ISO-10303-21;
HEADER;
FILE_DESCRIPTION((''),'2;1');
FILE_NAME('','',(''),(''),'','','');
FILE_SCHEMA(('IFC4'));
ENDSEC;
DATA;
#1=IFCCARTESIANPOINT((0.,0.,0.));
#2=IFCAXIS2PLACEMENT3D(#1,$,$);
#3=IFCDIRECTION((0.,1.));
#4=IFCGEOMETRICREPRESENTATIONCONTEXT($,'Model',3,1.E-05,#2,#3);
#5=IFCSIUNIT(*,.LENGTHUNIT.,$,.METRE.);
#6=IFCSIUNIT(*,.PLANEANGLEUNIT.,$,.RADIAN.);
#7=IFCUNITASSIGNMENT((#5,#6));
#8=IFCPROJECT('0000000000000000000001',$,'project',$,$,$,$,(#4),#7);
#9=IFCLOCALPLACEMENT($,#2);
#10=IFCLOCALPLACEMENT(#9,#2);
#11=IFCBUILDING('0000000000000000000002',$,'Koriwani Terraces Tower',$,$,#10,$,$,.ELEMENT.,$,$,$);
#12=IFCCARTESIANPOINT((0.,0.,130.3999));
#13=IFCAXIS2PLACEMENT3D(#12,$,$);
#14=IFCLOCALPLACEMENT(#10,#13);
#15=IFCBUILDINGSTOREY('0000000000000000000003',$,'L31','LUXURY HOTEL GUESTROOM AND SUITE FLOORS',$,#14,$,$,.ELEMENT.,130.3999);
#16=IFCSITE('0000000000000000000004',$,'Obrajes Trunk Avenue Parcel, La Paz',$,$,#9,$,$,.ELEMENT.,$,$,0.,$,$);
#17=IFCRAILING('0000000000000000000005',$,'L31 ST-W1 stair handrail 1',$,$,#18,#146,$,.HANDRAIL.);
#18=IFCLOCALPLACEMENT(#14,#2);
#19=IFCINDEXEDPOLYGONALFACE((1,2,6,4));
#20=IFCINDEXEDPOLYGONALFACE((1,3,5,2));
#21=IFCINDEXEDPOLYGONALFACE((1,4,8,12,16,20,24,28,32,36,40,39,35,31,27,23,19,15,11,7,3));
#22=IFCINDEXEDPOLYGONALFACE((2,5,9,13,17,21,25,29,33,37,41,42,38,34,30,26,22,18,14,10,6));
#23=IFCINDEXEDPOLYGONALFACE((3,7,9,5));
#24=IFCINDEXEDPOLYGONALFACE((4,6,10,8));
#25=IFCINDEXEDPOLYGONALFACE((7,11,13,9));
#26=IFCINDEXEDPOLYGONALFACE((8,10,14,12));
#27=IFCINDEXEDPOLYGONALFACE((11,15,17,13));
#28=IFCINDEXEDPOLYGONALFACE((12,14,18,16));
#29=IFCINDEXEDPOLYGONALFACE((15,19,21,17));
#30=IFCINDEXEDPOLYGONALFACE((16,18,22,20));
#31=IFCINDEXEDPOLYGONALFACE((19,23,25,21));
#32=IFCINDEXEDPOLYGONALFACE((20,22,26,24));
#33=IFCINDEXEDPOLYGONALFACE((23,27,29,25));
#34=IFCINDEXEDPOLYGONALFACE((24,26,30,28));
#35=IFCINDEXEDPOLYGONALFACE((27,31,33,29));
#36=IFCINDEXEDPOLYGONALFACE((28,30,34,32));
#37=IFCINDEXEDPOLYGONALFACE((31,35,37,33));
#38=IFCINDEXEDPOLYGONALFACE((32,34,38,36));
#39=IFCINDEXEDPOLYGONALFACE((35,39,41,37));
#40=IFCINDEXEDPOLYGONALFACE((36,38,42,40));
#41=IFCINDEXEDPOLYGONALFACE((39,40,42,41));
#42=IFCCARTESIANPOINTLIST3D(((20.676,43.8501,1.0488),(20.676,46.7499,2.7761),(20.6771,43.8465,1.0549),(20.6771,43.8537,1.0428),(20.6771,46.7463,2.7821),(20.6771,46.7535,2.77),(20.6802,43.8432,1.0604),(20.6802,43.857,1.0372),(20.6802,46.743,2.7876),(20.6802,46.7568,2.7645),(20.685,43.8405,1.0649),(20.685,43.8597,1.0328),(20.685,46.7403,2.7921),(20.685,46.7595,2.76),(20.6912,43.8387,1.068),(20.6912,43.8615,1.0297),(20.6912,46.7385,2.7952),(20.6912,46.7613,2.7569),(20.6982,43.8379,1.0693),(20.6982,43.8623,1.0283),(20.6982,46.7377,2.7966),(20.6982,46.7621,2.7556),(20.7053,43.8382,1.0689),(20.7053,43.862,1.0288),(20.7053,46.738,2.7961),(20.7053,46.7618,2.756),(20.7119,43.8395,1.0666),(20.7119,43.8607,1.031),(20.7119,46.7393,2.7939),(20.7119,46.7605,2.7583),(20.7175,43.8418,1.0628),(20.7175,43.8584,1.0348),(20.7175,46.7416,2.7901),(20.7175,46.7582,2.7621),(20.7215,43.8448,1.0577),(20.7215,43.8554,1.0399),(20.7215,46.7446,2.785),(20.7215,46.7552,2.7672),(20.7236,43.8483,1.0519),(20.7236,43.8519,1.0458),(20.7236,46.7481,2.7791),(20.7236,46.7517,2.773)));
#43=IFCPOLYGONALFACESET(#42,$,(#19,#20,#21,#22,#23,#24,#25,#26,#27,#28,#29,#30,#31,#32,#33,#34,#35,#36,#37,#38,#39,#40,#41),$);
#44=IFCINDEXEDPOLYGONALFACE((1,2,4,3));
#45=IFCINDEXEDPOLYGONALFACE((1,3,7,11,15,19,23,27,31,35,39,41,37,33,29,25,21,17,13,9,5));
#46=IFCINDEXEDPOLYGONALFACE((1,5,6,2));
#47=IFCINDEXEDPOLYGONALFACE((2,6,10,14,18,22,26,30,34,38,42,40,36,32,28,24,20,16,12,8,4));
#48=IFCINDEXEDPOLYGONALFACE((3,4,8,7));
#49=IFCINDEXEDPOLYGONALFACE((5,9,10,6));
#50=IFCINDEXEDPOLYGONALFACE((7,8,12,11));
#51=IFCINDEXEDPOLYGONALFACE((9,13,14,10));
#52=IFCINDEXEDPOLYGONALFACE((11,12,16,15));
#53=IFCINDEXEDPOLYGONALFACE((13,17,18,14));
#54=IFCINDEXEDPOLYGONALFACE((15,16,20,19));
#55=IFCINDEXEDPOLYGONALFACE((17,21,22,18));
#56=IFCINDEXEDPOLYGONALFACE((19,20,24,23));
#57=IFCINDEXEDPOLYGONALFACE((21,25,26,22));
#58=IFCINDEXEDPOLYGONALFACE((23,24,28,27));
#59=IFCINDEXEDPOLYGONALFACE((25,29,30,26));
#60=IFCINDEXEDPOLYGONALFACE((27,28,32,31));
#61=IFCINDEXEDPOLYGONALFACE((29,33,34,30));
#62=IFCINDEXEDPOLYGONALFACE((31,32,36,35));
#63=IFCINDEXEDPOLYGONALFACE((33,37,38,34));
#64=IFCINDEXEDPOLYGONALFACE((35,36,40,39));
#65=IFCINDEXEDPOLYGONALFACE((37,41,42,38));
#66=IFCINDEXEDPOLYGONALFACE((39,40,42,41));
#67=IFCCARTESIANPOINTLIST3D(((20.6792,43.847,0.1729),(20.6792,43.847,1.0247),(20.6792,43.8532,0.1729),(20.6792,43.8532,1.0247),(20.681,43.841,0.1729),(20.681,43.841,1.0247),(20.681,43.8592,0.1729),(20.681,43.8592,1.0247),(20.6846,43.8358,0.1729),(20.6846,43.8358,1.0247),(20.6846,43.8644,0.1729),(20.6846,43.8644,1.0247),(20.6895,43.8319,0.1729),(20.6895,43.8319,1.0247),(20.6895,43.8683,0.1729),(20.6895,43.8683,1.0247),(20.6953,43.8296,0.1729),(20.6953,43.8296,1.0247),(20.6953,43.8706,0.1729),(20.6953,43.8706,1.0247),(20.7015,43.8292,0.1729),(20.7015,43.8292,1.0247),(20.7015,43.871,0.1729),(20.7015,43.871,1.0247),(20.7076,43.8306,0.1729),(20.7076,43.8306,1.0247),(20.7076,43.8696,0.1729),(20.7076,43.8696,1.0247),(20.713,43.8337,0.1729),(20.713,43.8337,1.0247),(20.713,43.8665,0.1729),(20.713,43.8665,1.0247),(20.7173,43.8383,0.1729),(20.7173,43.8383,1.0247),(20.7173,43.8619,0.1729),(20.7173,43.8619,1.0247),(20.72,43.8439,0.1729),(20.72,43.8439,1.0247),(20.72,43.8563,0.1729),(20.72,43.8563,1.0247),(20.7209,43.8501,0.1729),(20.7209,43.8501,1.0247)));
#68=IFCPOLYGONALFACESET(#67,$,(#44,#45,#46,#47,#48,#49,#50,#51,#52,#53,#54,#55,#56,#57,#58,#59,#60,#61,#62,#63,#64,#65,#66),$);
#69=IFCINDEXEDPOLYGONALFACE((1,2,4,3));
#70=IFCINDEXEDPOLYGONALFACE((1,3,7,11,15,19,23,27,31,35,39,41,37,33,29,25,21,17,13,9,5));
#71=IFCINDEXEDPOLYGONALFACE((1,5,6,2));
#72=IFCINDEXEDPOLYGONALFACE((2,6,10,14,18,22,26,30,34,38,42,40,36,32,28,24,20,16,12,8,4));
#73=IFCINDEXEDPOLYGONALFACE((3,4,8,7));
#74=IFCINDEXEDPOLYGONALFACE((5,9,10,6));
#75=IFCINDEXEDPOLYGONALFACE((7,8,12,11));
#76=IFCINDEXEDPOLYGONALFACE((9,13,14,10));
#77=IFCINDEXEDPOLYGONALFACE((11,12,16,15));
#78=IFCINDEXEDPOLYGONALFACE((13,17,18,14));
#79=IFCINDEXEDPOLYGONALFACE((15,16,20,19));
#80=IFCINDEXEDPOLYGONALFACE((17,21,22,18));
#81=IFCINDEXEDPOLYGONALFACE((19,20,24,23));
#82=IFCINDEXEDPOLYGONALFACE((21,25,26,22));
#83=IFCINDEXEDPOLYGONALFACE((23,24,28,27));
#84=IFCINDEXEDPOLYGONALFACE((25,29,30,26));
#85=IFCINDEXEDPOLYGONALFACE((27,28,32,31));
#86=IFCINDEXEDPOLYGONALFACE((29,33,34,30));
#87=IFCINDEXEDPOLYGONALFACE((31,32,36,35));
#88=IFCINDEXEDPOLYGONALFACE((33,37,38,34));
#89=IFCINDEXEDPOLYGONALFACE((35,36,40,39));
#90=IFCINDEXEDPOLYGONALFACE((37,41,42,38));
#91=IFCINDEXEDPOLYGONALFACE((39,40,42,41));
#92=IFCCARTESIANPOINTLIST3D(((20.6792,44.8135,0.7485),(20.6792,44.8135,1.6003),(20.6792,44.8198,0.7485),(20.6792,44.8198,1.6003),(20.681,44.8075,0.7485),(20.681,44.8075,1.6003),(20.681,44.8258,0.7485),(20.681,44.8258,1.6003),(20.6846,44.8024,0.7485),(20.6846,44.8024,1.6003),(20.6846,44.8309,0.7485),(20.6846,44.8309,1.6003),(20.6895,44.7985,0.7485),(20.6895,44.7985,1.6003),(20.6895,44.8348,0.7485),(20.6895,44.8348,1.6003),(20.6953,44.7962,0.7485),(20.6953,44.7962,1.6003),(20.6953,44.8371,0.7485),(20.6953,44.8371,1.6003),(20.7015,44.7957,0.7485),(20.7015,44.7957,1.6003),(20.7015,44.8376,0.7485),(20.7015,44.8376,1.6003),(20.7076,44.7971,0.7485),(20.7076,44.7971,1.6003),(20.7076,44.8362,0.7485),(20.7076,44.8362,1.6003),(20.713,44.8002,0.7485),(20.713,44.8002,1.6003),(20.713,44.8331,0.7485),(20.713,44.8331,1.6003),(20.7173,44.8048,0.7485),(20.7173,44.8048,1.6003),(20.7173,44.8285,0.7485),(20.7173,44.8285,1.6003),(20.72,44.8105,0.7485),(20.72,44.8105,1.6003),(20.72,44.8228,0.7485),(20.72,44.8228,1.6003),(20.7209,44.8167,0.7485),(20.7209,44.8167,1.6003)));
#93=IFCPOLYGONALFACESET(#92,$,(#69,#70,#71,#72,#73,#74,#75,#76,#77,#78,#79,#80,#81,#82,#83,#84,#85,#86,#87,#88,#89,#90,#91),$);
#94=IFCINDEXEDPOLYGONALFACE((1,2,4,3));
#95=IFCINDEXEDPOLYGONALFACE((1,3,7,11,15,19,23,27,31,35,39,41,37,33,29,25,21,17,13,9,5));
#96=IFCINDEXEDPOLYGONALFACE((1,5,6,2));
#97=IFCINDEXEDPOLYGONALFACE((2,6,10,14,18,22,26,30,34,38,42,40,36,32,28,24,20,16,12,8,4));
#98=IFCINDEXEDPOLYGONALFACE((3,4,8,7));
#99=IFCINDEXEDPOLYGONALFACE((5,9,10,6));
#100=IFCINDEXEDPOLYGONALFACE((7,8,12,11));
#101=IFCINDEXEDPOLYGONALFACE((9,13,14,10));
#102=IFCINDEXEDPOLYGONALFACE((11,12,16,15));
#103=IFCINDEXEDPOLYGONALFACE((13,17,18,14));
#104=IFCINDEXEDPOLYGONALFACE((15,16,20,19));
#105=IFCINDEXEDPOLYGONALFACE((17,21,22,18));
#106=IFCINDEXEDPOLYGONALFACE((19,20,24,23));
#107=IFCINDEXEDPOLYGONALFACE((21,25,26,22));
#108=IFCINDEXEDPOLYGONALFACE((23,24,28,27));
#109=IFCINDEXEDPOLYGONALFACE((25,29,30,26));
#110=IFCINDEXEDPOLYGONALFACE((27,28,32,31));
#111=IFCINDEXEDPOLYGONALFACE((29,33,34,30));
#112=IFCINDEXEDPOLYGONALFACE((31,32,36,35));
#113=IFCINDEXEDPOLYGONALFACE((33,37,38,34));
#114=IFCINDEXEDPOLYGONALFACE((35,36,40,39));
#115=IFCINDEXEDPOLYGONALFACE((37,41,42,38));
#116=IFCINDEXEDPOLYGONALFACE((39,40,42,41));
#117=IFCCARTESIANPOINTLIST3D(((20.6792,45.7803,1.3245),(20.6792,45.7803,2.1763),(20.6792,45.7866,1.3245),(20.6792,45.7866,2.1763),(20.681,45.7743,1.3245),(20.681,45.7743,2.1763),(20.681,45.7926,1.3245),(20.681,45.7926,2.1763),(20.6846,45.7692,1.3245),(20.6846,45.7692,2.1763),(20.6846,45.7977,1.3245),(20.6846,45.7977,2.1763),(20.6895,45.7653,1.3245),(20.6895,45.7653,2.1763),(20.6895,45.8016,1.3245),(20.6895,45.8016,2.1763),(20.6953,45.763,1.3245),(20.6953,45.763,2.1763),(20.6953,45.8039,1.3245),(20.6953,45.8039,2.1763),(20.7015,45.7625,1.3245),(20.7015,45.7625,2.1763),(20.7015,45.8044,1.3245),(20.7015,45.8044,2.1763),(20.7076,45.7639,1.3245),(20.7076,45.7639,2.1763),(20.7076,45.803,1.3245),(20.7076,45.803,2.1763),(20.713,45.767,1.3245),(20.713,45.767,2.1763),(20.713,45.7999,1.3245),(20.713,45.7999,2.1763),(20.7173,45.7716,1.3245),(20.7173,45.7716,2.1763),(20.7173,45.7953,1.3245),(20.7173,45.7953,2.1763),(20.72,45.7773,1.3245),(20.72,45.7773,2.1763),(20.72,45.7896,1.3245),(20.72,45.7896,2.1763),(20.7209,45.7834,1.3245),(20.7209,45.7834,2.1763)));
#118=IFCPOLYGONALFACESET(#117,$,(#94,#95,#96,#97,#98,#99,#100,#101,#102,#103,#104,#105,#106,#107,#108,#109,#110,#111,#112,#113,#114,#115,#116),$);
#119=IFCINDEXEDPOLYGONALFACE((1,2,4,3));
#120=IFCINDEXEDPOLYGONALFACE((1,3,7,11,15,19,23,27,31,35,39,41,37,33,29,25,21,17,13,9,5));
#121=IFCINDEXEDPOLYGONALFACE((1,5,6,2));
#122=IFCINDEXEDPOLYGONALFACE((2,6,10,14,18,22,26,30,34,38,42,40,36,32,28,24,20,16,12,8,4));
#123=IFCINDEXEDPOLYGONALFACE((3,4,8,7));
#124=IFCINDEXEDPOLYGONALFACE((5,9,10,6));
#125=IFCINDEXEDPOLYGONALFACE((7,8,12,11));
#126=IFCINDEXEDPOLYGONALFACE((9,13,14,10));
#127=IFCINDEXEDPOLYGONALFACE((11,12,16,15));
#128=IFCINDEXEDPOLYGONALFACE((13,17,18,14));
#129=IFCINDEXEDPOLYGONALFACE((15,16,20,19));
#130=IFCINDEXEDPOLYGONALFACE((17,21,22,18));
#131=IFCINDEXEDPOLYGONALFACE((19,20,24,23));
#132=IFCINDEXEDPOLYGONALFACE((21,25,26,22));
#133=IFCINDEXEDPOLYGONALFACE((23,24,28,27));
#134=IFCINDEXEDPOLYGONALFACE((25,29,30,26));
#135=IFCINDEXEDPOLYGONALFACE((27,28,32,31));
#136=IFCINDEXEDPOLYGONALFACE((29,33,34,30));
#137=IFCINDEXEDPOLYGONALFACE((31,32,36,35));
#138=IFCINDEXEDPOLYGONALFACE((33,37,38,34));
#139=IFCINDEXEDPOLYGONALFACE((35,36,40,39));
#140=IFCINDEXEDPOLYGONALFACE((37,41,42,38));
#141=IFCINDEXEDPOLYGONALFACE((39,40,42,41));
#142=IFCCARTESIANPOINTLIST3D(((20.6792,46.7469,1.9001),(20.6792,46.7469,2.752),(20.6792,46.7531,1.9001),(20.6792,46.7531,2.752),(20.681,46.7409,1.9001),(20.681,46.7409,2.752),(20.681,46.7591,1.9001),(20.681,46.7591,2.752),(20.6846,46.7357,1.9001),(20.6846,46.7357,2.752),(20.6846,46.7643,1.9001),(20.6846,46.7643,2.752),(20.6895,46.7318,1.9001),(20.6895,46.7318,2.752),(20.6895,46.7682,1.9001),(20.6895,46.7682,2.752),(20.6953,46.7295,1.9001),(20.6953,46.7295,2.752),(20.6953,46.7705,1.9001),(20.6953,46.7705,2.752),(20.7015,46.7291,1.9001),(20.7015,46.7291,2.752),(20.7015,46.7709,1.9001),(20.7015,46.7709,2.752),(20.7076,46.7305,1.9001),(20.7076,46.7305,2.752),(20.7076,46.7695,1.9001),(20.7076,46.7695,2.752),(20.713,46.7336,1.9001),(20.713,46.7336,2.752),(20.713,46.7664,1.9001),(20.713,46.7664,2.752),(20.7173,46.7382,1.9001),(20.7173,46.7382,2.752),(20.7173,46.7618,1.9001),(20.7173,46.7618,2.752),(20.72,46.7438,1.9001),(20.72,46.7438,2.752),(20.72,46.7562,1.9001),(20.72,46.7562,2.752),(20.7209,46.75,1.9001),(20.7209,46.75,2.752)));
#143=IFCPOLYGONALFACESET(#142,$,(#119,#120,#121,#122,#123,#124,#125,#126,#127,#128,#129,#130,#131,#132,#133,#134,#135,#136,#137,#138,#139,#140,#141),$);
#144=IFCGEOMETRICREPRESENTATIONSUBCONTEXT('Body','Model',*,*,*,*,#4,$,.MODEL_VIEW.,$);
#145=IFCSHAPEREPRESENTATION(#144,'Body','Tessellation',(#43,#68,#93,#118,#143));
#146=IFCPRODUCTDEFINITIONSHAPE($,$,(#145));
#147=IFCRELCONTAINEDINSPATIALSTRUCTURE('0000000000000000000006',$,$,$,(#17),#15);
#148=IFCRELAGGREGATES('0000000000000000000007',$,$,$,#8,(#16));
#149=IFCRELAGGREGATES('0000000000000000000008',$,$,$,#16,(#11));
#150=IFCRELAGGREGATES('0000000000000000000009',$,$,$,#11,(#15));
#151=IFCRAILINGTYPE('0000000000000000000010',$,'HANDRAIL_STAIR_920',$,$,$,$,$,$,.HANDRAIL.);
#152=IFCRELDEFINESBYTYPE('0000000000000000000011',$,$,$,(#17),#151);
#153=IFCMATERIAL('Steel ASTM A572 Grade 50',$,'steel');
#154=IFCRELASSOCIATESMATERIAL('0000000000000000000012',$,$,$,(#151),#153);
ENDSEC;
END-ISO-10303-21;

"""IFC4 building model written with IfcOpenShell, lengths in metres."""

from ifc_helpers import new_model, si_unit, direction, frame, origin, origin_2d, place, context, subcontext, project, spatial, circle, extrude, material, type_object, element, save


model = new_model("IFC4")

# Units and contexts
model_context = context("Model", 3, precision=1e-05, world=origin(), true_north=direction((0.0, 1.0)))
body_context = subcontext(model_context, "Body", "Model", "MODEL_VIEW")
ifc_project = project(units=[si_unit("LENGTHUNIT", "METRE"), si_unit("PLANEANGLEUNIT", "RADIAN")], contexts=[model_context])

# Site, building, storey
site_placement = place(None, origin())
site = spatial("IfcSite", under=ifc_project, at=site_placement, Name="Obrajes Trunk Avenue Parcel, La Paz", CompositionType="ELEMENT", RefElevation=0.0)
building_placement = place(site_placement, origin())
building = spatial("IfcBuilding", under=site, at=building_placement, Name="Koriwani Terraces Tower", CompositionType="ELEMENT")
storey_placement = place(building_placement, frame((0.0, 0.0, 130.3999)))
storey = spatial("IfcBuildingStorey", under=building, at=storey_placement, Name="L31", Description="LUXURY HOTEL GUESTROOM AND SUITE FLOORS", CompositionType="ELEMENT", Elevation=130.3999)

# Shared definitions
ifc_material_1 = material(Name="Steel ASTM A572 Grade 50", Category="steel")

# Railing
railing_type_1 = type_object("IfcRailingType", Name="HANDRAIL_STAIR_920", PredefinedType="HANDRAIL", material=ifc_material_1)
railing_1_placement = place(storey_placement, frame((20.7, 43.8501, 0.1729)))
element("IfcRailing", 1, at=railing_1_placement, inside=storey, type_object=railing_type_1, Name="L31 ST-W1 stair handrail 1", PredefinedType="HANDRAIL", context=body_context, shape_type="SweptSolid", body=[
    extrude(circle(Radius=0.0239, at=origin_2d()), frame((0.0, 0.0, 0.876), z_axis=(0.0, 0.859141, 0.511738), x_axis=(-1.0, 0.0, 0.0)), (0.0, 0.0, 1.0), 3.3752),
    extrude(circle(Radius=0.021, at=origin_2d()), origin(), (0.0, 0.0, 1.0), 0.8518),
    extrude(circle(Radius=0.021, at=origin_2d()), frame((0.0, 0.9666, 0.5757)), (0.0, 0.0, 1.0), 0.8518),
    extrude(circle(Radius=0.021, at=origin_2d()), frame((0.0, 1.9333, 1.1516)), (0.0, 0.0, 1.0), 0.8518),
    extrude(circle(Radius=0.021, at=origin_2d()), frame((0.0, 2.8999, 1.7273)), (0.0, 0.0, 1.0), 0.8518),
])

save(model, "model.ifc")
